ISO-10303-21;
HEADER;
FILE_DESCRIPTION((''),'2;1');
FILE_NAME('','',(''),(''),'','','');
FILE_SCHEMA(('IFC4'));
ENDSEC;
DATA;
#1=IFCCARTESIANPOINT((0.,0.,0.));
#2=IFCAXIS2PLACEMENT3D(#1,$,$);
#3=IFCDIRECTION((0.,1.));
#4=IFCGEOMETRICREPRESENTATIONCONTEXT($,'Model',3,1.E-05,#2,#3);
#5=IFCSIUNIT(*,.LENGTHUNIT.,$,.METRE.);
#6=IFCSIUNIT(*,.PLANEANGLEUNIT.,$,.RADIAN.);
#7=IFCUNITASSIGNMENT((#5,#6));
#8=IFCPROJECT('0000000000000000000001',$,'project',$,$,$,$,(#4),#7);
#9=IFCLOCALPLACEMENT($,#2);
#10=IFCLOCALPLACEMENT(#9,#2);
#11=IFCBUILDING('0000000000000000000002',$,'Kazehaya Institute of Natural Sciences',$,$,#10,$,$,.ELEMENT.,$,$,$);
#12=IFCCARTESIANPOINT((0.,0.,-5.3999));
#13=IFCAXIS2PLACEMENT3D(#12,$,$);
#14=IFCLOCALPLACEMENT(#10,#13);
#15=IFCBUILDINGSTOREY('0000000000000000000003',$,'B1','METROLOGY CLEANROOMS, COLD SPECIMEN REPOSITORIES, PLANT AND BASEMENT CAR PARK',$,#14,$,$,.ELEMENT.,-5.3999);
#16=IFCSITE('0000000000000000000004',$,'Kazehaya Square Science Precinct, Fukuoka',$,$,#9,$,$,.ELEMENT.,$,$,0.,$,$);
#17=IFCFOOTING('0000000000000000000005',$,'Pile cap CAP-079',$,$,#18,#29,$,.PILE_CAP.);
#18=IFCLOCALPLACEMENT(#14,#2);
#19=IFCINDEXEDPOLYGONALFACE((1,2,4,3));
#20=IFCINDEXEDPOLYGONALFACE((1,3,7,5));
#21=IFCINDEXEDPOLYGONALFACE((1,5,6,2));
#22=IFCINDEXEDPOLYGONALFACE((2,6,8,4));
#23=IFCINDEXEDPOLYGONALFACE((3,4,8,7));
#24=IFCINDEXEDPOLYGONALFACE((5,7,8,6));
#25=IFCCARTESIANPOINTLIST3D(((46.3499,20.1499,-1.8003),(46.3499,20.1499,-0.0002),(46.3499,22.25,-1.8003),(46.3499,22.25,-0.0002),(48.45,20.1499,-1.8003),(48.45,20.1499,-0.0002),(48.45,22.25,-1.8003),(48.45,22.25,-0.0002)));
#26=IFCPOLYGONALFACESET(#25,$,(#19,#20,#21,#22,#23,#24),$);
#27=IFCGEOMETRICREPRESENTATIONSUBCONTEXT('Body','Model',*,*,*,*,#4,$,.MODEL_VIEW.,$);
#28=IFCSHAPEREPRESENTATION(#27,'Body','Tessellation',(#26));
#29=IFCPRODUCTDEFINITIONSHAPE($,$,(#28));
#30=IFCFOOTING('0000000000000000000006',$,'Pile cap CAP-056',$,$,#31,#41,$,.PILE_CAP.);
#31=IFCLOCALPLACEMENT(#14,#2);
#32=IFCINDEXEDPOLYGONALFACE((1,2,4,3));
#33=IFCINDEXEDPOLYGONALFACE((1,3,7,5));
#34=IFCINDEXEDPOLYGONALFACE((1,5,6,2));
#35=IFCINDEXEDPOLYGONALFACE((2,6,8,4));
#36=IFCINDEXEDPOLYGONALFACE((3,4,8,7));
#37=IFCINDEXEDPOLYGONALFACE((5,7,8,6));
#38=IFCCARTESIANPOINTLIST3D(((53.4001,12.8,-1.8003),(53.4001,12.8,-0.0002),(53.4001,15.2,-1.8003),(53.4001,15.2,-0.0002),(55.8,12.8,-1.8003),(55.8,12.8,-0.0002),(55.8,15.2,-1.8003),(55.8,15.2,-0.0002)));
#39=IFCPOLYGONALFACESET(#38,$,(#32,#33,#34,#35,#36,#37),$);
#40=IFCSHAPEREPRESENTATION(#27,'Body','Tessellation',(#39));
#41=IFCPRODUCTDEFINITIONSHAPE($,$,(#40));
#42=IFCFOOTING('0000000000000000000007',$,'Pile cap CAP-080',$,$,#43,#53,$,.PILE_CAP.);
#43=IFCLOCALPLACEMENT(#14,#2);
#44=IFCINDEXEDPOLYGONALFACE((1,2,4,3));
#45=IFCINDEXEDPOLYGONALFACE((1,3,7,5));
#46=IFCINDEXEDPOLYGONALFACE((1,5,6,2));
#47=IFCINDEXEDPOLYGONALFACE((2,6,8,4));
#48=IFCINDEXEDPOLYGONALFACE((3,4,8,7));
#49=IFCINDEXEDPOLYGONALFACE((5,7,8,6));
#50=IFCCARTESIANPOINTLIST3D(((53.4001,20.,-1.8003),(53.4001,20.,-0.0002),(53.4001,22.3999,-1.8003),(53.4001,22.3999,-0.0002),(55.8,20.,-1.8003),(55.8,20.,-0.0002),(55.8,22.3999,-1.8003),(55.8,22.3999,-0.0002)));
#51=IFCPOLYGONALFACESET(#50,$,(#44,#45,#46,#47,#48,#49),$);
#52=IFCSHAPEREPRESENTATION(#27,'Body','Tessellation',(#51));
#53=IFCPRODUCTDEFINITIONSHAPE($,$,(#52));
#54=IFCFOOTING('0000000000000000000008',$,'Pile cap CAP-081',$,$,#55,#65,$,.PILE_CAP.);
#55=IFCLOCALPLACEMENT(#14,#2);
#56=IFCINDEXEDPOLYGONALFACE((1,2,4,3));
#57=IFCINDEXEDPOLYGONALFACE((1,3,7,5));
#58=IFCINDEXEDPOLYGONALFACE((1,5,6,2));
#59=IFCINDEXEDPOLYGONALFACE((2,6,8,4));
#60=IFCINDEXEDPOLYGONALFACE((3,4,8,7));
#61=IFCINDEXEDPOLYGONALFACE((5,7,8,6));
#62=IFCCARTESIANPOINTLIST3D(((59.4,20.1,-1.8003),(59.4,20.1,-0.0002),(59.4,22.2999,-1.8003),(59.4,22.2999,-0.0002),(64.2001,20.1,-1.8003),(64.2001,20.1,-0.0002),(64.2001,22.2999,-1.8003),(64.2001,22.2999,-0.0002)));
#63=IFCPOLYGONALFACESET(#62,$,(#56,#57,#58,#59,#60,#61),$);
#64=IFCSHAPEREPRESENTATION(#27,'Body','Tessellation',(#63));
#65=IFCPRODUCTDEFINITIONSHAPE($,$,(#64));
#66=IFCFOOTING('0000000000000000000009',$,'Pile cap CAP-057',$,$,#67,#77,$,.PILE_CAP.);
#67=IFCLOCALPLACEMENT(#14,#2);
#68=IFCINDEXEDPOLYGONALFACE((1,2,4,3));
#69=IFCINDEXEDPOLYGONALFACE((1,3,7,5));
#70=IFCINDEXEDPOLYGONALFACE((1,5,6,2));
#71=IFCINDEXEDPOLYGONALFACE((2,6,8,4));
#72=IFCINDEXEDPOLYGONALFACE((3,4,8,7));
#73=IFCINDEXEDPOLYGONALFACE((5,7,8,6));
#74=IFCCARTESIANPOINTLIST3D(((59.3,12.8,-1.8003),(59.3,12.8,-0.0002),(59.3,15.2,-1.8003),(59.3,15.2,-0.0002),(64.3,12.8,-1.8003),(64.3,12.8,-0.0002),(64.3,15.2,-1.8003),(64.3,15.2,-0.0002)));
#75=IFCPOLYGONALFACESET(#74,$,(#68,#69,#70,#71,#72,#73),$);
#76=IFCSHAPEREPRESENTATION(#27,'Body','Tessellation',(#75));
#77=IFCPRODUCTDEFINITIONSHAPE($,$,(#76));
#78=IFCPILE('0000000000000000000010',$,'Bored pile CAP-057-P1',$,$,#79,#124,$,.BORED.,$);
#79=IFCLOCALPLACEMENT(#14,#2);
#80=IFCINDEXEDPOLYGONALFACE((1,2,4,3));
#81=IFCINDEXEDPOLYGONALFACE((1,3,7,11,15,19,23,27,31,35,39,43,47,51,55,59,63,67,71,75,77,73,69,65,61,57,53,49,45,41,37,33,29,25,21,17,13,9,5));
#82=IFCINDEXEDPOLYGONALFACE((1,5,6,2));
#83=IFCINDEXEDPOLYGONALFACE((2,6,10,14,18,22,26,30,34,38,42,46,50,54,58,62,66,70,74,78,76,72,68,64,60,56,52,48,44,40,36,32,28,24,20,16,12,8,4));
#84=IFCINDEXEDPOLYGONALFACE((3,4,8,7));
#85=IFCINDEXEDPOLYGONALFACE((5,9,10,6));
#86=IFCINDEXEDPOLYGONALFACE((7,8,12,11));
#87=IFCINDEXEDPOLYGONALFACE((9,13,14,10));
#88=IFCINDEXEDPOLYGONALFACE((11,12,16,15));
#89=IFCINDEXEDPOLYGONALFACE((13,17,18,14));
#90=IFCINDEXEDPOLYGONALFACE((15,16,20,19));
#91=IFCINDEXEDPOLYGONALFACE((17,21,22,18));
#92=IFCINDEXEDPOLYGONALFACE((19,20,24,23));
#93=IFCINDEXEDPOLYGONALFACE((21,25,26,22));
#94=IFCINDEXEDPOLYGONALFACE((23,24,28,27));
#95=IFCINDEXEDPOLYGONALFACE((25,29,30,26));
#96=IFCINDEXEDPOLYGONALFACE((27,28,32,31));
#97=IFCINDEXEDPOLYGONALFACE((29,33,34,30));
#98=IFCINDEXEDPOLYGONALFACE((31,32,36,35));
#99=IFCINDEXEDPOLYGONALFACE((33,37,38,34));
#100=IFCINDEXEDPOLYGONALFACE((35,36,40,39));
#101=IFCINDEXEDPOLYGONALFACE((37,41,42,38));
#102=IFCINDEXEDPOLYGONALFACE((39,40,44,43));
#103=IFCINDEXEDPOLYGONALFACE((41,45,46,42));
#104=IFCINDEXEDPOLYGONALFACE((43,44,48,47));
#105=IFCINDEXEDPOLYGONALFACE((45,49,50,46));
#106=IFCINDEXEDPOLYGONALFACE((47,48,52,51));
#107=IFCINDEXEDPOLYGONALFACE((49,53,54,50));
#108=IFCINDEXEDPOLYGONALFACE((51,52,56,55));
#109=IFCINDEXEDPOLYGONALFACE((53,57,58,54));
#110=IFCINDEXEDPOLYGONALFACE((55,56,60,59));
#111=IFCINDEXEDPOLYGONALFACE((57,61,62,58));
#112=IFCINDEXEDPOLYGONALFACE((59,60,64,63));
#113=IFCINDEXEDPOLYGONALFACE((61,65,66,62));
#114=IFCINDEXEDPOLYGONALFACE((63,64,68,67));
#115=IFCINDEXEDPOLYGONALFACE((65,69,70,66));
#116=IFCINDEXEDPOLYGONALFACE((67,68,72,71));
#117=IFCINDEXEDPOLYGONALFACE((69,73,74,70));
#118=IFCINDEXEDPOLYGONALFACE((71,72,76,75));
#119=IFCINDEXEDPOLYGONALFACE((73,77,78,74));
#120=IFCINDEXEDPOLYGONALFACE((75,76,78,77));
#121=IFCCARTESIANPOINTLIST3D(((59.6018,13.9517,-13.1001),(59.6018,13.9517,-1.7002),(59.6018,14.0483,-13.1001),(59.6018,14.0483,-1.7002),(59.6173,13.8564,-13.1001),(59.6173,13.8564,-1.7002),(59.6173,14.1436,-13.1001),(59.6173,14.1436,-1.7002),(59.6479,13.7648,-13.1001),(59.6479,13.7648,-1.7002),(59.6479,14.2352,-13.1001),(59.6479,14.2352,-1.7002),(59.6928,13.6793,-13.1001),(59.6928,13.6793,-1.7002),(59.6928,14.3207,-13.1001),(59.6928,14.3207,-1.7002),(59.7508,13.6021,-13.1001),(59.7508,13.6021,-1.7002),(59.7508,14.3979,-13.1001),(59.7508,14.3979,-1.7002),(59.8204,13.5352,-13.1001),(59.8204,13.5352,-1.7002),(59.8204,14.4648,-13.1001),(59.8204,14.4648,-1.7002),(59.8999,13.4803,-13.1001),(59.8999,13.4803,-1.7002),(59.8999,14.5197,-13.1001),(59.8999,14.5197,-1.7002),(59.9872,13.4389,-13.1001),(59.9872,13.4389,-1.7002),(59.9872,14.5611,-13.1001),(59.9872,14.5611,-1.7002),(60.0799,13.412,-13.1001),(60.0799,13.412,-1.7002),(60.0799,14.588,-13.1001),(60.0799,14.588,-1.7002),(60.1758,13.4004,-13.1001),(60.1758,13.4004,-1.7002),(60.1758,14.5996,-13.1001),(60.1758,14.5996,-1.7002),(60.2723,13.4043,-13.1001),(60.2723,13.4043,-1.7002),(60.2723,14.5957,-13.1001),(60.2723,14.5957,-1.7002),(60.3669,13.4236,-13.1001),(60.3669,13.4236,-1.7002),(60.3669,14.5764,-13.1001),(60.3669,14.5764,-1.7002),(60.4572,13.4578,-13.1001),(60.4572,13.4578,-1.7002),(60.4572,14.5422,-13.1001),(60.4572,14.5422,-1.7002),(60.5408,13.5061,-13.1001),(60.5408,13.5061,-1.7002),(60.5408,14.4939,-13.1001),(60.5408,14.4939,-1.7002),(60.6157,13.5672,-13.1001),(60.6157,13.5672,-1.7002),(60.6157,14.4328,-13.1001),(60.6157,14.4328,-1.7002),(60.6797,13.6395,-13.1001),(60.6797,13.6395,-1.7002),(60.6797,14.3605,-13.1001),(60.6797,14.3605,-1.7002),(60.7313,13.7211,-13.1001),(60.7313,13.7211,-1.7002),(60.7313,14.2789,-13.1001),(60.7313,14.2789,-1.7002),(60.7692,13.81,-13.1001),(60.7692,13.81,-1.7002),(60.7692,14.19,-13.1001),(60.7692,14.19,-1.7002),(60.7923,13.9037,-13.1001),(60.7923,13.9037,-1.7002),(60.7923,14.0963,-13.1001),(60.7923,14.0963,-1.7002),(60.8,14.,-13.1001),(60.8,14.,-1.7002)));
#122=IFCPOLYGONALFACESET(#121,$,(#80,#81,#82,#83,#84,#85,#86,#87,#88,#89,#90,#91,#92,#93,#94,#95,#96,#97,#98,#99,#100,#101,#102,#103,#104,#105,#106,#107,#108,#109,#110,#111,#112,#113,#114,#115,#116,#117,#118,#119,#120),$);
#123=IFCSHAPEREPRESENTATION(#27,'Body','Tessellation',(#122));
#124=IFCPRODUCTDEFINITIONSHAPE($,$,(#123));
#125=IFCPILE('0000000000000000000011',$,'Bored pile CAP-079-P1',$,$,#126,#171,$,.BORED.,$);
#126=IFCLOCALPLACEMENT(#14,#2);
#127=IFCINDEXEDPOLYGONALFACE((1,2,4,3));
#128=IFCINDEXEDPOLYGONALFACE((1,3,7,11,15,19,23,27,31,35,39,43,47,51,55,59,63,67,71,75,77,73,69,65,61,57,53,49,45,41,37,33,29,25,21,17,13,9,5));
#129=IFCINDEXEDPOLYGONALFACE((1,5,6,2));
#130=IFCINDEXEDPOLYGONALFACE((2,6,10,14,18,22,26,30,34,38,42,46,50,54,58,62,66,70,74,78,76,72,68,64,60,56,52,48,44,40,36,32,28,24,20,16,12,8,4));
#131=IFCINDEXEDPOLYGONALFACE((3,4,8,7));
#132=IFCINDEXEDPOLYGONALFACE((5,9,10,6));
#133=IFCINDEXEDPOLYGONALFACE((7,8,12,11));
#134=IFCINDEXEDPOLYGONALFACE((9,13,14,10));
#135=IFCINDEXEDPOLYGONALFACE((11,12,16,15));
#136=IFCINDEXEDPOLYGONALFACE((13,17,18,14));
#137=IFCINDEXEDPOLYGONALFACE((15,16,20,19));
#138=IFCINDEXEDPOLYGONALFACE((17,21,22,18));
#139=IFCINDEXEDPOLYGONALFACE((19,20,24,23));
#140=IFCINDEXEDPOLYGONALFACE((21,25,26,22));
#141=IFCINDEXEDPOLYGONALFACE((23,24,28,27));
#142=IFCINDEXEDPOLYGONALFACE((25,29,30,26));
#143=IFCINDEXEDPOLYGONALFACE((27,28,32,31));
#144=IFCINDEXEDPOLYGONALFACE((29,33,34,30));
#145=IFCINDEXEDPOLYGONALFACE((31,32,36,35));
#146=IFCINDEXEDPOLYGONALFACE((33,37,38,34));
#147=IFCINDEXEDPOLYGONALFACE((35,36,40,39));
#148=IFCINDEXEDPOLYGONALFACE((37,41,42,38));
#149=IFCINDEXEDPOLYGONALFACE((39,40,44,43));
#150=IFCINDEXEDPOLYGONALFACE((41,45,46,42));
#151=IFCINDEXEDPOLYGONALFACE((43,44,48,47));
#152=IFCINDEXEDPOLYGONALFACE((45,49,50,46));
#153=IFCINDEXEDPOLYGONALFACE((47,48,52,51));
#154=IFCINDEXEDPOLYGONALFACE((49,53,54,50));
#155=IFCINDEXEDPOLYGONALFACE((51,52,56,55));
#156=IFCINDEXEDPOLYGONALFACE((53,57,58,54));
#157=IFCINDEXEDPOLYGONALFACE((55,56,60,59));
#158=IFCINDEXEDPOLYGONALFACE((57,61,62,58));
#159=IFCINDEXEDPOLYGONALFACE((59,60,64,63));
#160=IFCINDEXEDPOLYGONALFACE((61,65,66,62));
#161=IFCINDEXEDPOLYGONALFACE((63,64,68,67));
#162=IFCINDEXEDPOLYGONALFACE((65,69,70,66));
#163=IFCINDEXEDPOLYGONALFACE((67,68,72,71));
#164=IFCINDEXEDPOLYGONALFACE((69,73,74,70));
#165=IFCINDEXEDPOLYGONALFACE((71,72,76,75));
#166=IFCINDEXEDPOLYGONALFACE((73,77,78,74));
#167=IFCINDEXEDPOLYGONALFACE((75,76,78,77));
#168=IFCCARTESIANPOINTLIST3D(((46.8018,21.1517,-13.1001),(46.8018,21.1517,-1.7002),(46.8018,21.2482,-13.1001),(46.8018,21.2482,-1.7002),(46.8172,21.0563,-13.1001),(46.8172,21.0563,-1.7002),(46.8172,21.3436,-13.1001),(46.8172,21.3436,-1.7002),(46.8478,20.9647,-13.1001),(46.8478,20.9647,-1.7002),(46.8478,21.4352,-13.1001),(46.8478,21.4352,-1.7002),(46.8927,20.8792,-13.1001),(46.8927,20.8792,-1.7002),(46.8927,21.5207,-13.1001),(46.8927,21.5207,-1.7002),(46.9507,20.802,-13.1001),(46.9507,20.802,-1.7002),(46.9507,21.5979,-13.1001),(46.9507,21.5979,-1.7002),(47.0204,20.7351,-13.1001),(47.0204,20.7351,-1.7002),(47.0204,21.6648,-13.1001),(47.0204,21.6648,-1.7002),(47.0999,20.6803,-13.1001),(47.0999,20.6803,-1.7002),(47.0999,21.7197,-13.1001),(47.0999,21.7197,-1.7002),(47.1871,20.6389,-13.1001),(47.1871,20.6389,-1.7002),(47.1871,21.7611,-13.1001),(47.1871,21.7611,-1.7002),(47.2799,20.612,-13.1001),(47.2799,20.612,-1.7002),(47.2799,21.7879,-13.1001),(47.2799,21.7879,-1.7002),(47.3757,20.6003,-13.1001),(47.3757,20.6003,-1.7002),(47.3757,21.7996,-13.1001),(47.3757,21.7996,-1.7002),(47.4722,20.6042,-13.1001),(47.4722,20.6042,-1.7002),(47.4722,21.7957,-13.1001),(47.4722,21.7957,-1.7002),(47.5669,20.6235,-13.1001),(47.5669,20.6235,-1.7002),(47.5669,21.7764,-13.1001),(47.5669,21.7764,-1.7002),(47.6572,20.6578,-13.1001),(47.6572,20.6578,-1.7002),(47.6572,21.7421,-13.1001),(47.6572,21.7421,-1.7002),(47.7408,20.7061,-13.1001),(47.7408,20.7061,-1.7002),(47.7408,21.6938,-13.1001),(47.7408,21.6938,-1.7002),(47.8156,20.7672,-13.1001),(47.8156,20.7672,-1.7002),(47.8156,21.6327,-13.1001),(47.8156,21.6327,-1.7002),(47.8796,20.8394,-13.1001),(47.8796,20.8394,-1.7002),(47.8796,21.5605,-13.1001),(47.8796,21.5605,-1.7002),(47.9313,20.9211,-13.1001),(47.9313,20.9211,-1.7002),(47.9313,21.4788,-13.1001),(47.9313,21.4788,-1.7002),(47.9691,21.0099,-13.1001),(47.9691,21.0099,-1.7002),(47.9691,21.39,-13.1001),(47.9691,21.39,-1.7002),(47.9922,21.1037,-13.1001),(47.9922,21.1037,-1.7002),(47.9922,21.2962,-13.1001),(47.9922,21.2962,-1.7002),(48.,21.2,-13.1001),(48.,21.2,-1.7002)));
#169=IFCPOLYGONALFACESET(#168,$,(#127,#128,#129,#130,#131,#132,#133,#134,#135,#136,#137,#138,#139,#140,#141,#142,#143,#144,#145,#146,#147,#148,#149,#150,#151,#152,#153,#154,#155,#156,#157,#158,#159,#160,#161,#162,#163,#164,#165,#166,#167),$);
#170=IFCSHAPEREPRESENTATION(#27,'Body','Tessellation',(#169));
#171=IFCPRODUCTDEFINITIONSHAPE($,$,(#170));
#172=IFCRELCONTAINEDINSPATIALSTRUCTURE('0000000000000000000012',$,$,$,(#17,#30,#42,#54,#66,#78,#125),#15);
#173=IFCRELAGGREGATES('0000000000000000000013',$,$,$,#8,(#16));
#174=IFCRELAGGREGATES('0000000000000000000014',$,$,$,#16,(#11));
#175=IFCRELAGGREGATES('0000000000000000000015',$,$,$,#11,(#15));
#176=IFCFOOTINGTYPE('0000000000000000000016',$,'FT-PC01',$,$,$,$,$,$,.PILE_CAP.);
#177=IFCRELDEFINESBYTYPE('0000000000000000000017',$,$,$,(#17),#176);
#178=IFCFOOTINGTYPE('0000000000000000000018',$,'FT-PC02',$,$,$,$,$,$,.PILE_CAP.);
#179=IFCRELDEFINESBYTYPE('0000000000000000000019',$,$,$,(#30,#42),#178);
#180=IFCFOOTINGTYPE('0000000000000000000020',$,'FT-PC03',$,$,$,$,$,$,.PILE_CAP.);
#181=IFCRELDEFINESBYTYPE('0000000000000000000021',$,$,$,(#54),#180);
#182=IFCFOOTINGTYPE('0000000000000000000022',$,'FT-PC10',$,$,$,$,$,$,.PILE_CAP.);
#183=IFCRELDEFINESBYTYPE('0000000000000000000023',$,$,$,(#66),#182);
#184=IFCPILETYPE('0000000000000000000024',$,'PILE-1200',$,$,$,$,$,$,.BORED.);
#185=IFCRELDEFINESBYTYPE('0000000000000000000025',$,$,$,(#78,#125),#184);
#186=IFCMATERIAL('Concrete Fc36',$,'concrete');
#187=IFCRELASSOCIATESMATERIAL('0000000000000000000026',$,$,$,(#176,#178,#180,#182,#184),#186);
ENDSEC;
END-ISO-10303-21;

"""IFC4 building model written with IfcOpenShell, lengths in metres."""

from ifc_helpers import new_model, si_unit, direction, frame, origin, origin_2d, place, context, subcontext, project, spatial, rectangle, circle, extrude, material, material_profile, profile_set, type_object, element, save


model = new_model("IFC4")

# Units and contexts
model_context = context("Model", 3, precision=1e-05, world=origin(), true_north=direction((0.0, 1.0)))
body_context = subcontext(model_context, "Body", "Model", "MODEL_VIEW")
ifc_project = project(units=[si_unit("LENGTHUNIT", "METRE"), si_unit("PLANEANGLEUNIT", "RADIAN")], contexts=[model_context])

# Site, building, storey
site_placement = place(None, origin())
site = spatial("IfcSite", under=ifc_project, at=site_placement, Name="Kazehaya Square Science Precinct, Fukuoka", CompositionType="ELEMENT", RefElevation=0.0)
building_placement = place(site_placement, origin())
building = spatial("IfcBuilding", under=site, at=building_placement, Name="Kazehaya Institute of Natural Sciences", CompositionType="ELEMENT")
storey_placement = place(building_placement, frame((0.0, 0.0, -5.3999)))
storey = spatial("IfcBuildingStorey", under=building, at=storey_placement, Name="B1", Description="METROLOGY CLEANROOMS, COLD SPECIMEN REPOSITORIES, PLANT AND BASEMENT CAR PARK", CompositionType="ELEMENT", Elevation=-5.3999)

# Footings
ifc_material_1 = material(Name="Concrete Fc36", Category="concrete")
footing_type_1 = type_object("IfcFootingType", Name="FT-PC01", PredefinedType="PILE_CAP", material=ifc_material_1)
footing_1_placement = place(storey_placement, frame((47.3999, 21.2, -1.8003), z_axis=(0.0, 0.0, 1.0), x_axis=(1.0, 0.0, 0.0)))
element("IfcFooting", 1, at=footing_1_placement, inside=storey, type_object=footing_type_1, Name="Pile cap CAP-079", PredefinedType="PILE_CAP", context=body_context, shape_type="SweptSolid", body=[
    extrude(rectangle(XDim=2.1001, YDim=2.1001, at=origin_2d()), origin(), (0.0, 0.0, 1.0), 1.8),
])
footing_type_2 = type_object("IfcFootingType", Name="FT-PC02", PredefinedType="PILE_CAP", material=ifc_material_1)
for number, where, z_axis, x_axis, name in (
    (2, (54.6001, 14.0, -1.8003), (0.0, 0.0, 1.0), (1.0, 0.0, 0.0), "Pile cap CAP-056"),
    (3, (54.6001, 21.2, -1.8003), (0.0, 0.0, 1.0), (1.0, 0.0, 0.0), "Pile cap CAP-080"),
):
    element("IfcFooting", number, at=place(storey_placement, frame(where, z_axis=z_axis, x_axis=x_axis)), inside=storey, type_object=footing_type_2, Name=name, PredefinedType="PILE_CAP", context=body_context, shape_type="SweptSolid", body=[
        extrude(rectangle(XDim=2.3999, YDim=2.3999, at=origin_2d()), origin(), (0.0, 0.0, 1.0), 1.8),
    ])
footing_type_3 = type_object("IfcFootingType", Name="FT-PC03", PredefinedType="PILE_CAP", material=ifc_material_1)
footing_2_placement = place(storey_placement, frame((61.8, 21.2, -1.8003), z_axis=(0.0, 0.0, 1.0), x_axis=(1.0, 0.0, 0.0)))
element("IfcFooting", 4, at=footing_2_placement, inside=storey, type_object=footing_type_3, Name="Pile cap CAP-081", PredefinedType="PILE_CAP", context=body_context, shape_type="SweptSolid", body=[
    extrude(rectangle(XDim=4.8, YDim=2.2, at=origin_2d()), origin(), (0.0, 0.0, 1.0), 1.8),
])
footing_type_4 = type_object("IfcFootingType", Name="FT-PC10", PredefinedType="PILE_CAP", material=ifc_material_1)
footing_3_placement = place(storey_placement, frame((61.8, 14.0, -1.8003), z_axis=(0.0, 0.0, 1.0), x_axis=(1.0, 0.0, 0.0)))
element("IfcFooting", 5, at=footing_3_placement, inside=storey, type_object=footing_type_4, Name="Pile cap CAP-057", PredefinedType="PILE_CAP", context=body_context, shape_type="SweptSolid", body=[
    extrude(rectangle(XDim=5.0, YDim=2.3999, at=origin_2d()), origin(), (0.0, 0.0, 1.0), 1.8),
])

# Piles
ifc_material_profile_1 = material_profile(ifc_material_1, circle(Radius=0.6001, at=origin_2d()), Name="PILE-1200")
ifc_profile_set_1 = profile_set([ifc_material_profile_1], Name="Concrete Fc36")
pile_type_1 = type_object("IfcPileType", Name="PILE-1200", PredefinedType="BORED", material=ifc_profile_set_1)
for number, where, z_axis, x_axis, name in (
    (6, (60.2, 14.0, -1.7002), (0.0, 0.0, -1.0), (1.0, 0.0, 0.0), "Bored pile CAP-057-P1"),
    (7, (47.3999, 21.2, -1.7002), (0.0, 0.0, -1.0), (1.0, 0.0, 0.0), "Bored pile CAP-079-P1"),
):
    element("IfcPile", number, at=place(storey_placement, frame(where, z_axis=z_axis, x_axis=x_axis)), inside=storey, type_object=pile_type_1, Name=name, PredefinedType="BORED", context=body_context, shape_type="SweptSolid", body=[
        extrude(circle(Radius=0.6001, at=origin_2d()), origin(), (0.0, 0.0, 1.0), 11.3999),
    ])

save(model, "model.ifc")
